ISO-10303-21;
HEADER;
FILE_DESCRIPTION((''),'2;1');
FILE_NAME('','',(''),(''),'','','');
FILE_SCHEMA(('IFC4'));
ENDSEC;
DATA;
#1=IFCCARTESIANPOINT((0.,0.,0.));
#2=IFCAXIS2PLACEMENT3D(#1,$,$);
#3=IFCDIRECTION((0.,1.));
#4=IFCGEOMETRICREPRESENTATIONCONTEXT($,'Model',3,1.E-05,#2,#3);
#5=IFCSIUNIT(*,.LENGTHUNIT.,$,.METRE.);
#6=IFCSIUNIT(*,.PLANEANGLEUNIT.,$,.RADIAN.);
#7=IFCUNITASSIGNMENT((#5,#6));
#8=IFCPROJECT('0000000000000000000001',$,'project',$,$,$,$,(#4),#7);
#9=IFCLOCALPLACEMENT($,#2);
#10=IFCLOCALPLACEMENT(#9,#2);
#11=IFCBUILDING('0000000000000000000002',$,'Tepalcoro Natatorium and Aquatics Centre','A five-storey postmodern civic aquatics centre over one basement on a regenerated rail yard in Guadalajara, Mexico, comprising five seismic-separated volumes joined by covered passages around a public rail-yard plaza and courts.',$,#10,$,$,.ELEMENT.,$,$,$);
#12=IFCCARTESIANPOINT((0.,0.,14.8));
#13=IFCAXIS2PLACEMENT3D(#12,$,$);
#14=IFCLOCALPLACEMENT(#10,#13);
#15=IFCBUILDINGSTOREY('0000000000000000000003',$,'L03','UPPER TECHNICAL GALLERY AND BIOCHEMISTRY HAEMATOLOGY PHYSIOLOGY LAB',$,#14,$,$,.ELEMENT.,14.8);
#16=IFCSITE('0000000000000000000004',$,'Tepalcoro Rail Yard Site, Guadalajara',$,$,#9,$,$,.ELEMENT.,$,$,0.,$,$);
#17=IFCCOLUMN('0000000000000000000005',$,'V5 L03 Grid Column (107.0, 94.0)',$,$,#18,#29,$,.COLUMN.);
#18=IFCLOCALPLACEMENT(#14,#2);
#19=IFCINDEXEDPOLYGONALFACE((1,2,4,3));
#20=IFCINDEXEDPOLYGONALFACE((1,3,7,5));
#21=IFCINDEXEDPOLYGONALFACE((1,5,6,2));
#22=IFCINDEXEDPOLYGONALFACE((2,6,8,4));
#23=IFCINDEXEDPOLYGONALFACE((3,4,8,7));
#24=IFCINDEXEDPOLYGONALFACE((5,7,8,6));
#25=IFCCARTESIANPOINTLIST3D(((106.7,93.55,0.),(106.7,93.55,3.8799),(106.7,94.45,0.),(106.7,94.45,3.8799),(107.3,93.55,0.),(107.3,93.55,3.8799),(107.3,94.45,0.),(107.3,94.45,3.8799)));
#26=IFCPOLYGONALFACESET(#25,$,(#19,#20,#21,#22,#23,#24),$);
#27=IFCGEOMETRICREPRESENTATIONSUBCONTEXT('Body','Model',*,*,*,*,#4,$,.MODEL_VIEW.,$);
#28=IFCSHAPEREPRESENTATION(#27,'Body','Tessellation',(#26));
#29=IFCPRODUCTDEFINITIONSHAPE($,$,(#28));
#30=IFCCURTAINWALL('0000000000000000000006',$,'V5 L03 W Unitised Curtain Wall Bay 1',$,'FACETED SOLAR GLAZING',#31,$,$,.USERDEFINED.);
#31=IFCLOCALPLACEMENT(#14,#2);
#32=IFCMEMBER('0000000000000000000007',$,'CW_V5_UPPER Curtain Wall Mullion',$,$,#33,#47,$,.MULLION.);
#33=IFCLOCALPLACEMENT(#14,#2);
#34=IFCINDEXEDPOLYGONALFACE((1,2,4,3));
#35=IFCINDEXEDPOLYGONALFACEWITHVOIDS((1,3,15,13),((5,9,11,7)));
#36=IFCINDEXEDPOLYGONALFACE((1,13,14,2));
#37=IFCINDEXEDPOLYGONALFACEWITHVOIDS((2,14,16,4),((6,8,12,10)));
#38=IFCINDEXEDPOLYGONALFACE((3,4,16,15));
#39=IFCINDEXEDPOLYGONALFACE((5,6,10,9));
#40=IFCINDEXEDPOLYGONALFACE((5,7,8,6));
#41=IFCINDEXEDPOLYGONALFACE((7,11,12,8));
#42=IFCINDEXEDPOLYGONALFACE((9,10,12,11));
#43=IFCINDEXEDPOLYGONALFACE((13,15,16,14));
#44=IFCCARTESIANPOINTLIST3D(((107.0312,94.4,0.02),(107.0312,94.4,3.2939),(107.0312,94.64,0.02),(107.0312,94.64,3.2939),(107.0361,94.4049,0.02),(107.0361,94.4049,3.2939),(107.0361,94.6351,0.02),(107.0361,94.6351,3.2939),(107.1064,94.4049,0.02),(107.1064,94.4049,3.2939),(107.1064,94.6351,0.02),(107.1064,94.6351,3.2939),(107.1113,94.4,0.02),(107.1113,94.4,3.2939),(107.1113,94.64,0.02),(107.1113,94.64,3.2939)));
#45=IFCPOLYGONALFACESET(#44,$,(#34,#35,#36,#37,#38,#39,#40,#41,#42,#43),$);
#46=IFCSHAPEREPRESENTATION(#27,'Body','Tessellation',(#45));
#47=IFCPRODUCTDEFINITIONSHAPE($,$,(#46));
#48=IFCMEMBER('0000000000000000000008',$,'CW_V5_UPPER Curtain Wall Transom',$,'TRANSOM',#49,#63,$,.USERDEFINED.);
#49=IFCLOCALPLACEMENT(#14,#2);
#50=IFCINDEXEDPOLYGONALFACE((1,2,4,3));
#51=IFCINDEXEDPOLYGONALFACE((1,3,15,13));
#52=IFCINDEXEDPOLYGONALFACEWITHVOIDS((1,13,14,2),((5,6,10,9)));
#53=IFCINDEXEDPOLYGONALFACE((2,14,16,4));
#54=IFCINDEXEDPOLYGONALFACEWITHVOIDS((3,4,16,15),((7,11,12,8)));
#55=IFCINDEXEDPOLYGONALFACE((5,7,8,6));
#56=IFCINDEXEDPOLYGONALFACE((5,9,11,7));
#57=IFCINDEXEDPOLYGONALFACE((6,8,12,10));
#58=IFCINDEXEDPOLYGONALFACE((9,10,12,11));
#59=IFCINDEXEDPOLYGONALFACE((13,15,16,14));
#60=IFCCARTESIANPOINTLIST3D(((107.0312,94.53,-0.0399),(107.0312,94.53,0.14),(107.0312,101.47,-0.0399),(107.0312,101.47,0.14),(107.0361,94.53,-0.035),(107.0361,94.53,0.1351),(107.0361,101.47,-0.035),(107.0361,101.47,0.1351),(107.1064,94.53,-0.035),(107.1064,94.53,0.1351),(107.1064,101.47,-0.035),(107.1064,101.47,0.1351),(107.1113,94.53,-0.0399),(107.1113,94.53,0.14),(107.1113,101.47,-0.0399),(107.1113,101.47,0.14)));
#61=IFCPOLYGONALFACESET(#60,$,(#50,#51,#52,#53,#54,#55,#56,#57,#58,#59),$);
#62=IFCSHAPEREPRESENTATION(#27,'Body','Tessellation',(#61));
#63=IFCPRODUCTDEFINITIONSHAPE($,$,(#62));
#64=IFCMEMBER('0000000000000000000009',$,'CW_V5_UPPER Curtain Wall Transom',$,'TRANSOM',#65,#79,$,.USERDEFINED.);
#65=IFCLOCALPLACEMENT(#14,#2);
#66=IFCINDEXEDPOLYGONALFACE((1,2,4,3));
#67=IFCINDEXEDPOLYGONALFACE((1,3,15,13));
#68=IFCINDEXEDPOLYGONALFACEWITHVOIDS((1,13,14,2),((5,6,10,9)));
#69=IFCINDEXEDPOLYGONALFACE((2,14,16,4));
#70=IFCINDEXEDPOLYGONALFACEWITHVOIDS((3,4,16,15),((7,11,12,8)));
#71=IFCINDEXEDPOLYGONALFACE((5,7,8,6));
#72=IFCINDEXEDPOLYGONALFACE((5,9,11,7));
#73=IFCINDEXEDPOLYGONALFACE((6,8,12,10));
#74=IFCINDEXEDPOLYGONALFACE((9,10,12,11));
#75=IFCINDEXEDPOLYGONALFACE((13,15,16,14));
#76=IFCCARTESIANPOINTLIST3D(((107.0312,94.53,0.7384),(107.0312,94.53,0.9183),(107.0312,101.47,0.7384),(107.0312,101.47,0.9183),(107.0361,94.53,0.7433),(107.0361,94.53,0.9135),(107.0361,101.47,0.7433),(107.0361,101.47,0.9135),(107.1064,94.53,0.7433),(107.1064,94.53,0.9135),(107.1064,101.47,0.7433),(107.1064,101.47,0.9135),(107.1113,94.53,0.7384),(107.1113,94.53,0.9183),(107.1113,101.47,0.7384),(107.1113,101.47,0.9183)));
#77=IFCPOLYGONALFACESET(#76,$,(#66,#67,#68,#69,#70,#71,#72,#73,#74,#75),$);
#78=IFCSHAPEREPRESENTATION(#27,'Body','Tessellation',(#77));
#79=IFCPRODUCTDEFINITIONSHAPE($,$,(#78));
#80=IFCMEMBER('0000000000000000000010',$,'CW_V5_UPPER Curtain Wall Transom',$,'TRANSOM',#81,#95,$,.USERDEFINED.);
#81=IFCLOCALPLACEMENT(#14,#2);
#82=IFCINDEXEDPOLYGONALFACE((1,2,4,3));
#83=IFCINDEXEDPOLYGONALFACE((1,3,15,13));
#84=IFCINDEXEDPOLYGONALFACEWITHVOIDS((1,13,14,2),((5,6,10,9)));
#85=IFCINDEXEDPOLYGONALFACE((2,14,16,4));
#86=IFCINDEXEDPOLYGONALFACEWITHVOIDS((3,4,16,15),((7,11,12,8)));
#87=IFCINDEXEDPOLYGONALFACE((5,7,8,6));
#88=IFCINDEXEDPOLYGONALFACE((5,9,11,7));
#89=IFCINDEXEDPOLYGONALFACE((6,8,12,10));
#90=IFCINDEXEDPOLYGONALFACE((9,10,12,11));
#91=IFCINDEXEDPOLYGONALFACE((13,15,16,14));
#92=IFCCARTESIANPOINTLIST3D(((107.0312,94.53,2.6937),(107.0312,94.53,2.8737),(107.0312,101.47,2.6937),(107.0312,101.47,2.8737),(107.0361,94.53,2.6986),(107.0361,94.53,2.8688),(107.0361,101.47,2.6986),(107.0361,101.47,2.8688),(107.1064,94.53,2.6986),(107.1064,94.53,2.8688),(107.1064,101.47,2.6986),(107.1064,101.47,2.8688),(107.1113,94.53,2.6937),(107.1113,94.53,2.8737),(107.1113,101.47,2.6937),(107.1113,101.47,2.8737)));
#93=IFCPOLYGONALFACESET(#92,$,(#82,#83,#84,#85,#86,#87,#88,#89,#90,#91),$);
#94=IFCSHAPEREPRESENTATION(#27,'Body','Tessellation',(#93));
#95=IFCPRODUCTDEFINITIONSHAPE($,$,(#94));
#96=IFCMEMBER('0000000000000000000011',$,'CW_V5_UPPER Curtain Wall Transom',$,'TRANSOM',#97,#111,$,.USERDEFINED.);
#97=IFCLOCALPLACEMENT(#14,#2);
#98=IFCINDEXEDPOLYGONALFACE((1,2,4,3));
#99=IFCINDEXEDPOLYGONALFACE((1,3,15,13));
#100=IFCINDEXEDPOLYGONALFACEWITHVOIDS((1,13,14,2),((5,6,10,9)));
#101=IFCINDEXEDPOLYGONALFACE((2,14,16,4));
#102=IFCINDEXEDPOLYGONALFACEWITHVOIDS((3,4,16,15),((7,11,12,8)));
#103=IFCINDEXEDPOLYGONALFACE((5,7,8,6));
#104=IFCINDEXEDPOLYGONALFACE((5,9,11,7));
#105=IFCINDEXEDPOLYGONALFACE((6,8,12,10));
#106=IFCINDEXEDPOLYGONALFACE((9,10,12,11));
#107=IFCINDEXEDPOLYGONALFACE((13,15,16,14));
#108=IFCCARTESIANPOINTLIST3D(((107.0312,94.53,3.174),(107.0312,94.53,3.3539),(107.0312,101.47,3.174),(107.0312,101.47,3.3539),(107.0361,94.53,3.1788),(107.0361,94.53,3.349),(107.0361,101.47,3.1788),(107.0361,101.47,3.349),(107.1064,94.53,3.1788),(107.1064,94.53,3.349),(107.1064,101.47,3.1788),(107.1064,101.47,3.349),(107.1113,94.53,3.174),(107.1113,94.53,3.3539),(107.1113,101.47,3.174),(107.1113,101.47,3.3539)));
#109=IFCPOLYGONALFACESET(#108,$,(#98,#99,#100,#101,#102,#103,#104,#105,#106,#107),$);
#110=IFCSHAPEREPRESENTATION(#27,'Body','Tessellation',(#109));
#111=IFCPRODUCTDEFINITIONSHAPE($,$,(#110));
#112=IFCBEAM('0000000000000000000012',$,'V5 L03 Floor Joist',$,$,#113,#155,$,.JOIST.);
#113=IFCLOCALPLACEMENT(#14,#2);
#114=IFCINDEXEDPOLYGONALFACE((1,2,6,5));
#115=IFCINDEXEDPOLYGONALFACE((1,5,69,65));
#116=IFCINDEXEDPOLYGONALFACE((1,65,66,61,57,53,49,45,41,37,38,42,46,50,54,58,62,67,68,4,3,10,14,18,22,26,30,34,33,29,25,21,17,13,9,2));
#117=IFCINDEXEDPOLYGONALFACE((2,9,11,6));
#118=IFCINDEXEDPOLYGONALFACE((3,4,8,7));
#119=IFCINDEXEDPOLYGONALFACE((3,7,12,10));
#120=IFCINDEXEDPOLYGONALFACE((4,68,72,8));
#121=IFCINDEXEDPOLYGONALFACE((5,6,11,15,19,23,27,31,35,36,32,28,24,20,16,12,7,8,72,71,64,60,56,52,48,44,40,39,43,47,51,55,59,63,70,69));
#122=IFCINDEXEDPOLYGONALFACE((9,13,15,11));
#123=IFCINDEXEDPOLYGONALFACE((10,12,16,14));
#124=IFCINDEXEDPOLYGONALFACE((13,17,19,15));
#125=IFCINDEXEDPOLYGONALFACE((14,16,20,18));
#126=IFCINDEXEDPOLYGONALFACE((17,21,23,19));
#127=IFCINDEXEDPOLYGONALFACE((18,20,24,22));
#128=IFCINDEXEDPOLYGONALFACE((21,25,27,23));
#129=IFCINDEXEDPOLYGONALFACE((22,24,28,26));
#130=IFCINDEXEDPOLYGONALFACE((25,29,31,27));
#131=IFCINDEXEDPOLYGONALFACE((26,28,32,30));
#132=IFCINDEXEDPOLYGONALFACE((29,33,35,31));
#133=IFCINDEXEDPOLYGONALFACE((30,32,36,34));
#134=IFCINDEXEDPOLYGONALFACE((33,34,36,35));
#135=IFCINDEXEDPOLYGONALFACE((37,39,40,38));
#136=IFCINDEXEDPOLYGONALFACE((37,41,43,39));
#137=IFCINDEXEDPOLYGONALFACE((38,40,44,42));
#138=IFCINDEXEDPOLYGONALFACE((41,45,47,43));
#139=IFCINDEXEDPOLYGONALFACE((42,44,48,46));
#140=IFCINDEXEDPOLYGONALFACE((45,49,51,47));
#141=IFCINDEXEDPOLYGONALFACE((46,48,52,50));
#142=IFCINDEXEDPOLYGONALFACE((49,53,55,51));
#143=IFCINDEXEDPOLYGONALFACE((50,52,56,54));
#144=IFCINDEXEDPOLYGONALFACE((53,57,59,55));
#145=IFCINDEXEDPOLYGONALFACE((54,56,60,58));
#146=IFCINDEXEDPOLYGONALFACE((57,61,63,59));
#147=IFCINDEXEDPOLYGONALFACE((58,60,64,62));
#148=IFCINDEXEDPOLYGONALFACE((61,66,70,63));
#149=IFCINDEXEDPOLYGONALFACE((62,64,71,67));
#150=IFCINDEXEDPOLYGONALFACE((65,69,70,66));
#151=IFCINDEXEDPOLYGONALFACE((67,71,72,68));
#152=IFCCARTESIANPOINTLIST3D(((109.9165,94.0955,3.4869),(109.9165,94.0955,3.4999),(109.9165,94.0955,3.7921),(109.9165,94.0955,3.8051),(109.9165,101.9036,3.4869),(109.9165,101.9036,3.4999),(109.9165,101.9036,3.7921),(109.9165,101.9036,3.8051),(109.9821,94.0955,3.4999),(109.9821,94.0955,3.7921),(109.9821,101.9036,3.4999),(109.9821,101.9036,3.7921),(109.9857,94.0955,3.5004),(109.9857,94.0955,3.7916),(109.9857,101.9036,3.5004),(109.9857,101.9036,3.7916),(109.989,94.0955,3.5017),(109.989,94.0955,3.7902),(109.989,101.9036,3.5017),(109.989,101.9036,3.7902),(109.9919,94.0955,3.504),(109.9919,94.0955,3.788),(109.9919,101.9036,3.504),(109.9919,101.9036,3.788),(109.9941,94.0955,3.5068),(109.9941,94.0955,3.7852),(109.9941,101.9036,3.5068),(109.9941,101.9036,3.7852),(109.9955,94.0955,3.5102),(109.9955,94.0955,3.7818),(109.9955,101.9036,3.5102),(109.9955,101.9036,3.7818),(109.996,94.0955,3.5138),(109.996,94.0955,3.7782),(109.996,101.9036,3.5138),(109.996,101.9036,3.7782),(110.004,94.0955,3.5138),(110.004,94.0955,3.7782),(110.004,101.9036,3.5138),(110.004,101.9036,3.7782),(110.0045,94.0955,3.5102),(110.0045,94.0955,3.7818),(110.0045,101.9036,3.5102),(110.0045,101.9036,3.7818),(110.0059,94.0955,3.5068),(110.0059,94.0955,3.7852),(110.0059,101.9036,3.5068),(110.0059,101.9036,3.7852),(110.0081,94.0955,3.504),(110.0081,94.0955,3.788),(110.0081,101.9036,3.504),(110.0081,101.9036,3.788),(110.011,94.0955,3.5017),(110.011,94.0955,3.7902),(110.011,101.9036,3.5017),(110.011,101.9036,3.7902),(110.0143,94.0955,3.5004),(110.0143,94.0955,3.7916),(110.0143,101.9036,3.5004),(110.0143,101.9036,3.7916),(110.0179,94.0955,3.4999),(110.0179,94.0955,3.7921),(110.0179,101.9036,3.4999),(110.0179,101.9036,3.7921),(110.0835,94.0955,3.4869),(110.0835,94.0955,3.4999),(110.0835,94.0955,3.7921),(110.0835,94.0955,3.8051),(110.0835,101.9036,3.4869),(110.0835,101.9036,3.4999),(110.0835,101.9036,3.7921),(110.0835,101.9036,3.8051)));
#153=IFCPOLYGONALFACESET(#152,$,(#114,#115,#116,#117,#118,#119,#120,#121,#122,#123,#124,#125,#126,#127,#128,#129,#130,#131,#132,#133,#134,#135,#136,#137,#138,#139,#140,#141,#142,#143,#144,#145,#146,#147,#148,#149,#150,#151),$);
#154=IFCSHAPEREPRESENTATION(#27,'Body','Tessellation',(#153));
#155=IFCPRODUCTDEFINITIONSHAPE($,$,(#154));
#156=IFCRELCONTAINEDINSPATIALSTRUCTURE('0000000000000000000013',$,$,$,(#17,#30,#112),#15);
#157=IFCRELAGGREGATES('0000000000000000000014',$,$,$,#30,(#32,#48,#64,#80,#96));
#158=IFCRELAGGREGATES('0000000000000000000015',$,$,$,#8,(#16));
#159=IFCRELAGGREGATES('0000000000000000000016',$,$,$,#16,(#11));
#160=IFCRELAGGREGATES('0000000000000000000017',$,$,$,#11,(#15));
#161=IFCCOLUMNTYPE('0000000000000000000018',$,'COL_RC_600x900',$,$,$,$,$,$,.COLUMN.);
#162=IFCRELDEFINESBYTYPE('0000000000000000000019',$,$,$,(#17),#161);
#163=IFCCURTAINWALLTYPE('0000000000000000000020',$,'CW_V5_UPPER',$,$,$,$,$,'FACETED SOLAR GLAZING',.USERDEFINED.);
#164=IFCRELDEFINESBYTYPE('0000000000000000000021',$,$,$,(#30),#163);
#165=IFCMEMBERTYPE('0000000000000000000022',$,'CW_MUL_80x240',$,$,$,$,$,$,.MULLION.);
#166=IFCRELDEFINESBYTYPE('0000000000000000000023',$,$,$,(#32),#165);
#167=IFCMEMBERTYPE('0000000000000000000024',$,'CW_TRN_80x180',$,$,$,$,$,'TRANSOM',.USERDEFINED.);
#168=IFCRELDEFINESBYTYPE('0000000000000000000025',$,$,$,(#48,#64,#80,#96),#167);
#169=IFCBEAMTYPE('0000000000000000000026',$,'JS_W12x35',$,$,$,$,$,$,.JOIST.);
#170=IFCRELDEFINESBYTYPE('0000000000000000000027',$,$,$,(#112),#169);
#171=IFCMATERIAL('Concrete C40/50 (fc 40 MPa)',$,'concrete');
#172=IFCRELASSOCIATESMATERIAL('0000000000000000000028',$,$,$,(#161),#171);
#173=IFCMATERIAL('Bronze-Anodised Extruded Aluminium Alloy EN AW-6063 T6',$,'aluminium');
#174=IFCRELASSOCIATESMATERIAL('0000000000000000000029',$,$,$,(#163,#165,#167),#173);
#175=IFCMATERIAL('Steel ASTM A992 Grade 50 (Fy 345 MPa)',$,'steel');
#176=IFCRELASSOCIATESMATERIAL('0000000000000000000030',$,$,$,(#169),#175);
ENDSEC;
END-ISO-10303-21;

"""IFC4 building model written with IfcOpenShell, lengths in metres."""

from ifc_helpers import new_model, si_unit, direction, frame, origin, origin_2d, place, context, subcontext, project, spatial, rectangle, hollow_rectangle, i_section, extrude, material, material_profile, profile_set, type_object, element, aggregate, save


model = new_model("IFC4")

# Units and contexts
model_context = context("Model", 3, precision=1e-05, world=origin(), true_north=direction((0.0, 1.0)))
body_context = subcontext(model_context, "Body", "Model", "MODEL_VIEW")
ifc_project = project(units=[si_unit("LENGTHUNIT", "METRE"), si_unit("PLANEANGLEUNIT", "RADIAN")], contexts=[model_context])

# Site, building, storey
site_placement = place(None, origin())
site = spatial("IfcSite", under=ifc_project, at=site_placement, Name="Tepalcoro Rail Yard Site, Guadalajara", CompositionType="ELEMENT", RefElevation=0.0)
building_placement = place(site_placement, origin())
building = spatial("IfcBuilding", under=site, at=building_placement, Name="Tepalcoro Natatorium and Aquatics Centre", Description="A five-storey postmodern civic aquatics centre over one basement on a regenerated rail yard in Guadalajara, Mexico, comprising five seismic-separated volumes joined by covered passages around a public rail-yard plaza and courts.", CompositionType="ELEMENT")
storey_placement = place(building_placement, frame((0.0, 0.0, 14.8)))
storey = spatial("IfcBuildingStorey", under=building, at=storey_placement, Name="L03", Description="UPPER TECHNICAL GALLERY AND BIOCHEMISTRY HAEMATOLOGY PHYSIOLOGY LAB", CompositionType="ELEMENT", Elevation=14.8)

# Column
ifc_material_1 = material(Name="Concrete C40/50 (fc 40 MPa)", Category="concrete")
ifc_material_profile_1 = material_profile(ifc_material_1, rectangle(XDim=0.6001, YDim=0.8999, at=origin_2d()), Name="RC600x900")
ifc_profile_set_1 = profile_set([ifc_material_profile_1], Name="Concrete C40/50 (fc 40 MPa)")
column_type = type_object("IfcColumnType", Name="COL_RC_600x900", PredefinedType="COLUMN", material=ifc_profile_set_1)
column_placement = place(storey_placement, frame((107.0, 94.0, 0.0), z_axis=(0.0, 0.0, 1.0), x_axis=(1.0, 0.0, 0.0)))
element("IfcColumn", 1, at=column_placement, inside=storey, type_object=column_type, Name="V5 L03 Grid Column (107.0, 94.0)", PredefinedType="COLUMN", context=body_context, shape_type="SweptSolid", body=[
    extrude(rectangle(XDim=0.6001, YDim=0.8999, at=origin_2d()), origin(), (0.0, 0.0, 1.0), 3.8799),
])

# Curtain wall, members
ifc_material_2 = material(Name="Bronze-Anodised Extruded Aluminium Alloy EN AW-6063 T6", Category="aluminium")
curtain_wall_type = type_object("IfcCurtainWallType", Name="CW_V5_UPPER", ElementType="FACETED SOLAR GLAZING", PredefinedType="USERDEFINED", material=ifc_material_2)
curtain_wall_placement = place(storey_placement, origin())
curtain_wall = element("IfcCurtainWall", 2, at=curtain_wall_placement, inside=storey, type_object=curtain_wall_type, Name="V5 L03 W Unitised Curtain Wall Bay 1", ObjectType="FACETED SOLAR GLAZING", PredefinedType="USERDEFINED")
ifc_material_profile_2 = material_profile(ifc_material_2, hollow_rectangle(XDim=0.0801, YDim=0.24, WallThickness=0.0049, at=origin_2d()), Name="AL80X240X5")
ifc_profile_set_2 = profile_set([ifc_material_profile_2], Name="Bronze-Anodised Extruded Aluminium Alloy EN AW-6063 T6")
member_type_1 = type_object("IfcMemberType", Name="CW_MUL_80x240", PredefinedType="MULLION", material=ifc_profile_set_2)
member_1_placement = place(storey_placement, frame((107.0713, 94.52, 0.02), z_axis=(0.0, 0.0, 1.0), x_axis=(1.0, 0.0, 0.0)))
member_1 = element("IfcMember", 3, at=member_1_placement, type_object=member_type_1, Name="CW_V5_UPPER Curtain Wall Mullion", PredefinedType="MULLION", context=body_context, shape_type="SweptSolid", body=[
    extrude(hollow_rectangle(XDim=0.0801, YDim=0.24, WallThickness=0.0049, at=origin_2d()), origin(), (0.0, 0.0, 1.0), 3.2739),
])
ifc_material_profile_3 = material_profile(ifc_material_2, hollow_rectangle(XDim=0.0801, YDim=0.1799, WallThickness=0.0049, at=origin_2d()), Name="AL80X180X5")
ifc_profile_set_3 = profile_set([ifc_material_profile_3], Name="Bronze-Anodised Extruded Aluminium Alloy EN AW-6063 T6")
member_type_2 = type_object("IfcMemberType", Name="CW_TRN_80x180", ElementType="TRANSOM", PredefinedType="USERDEFINED", material=ifc_profile_set_3)
member_2_placement = place(storey_placement, frame((107.0713, 94.53, 0.05), z_axis=(0.0, 1.0, 0.0), x_axis=(-1.0, 0.0, 0.0)))
member_2 = element("IfcMember", 4, at=member_2_placement, type_object=member_type_2, Name="CW_V5_UPPER Curtain Wall Transom", ObjectType="TRANSOM", PredefinedType="USERDEFINED", context=body_context, shape_type="SweptSolid", body=[
    extrude(hollow_rectangle(XDim=0.0801, YDim=0.1799, WallThickness=0.0049, at=origin_2d()), origin(), (0.0, 0.0, 1.0), 6.9399),
])
member_3_placement = place(storey_placement, frame((107.0713, 94.53, 0.8284), z_axis=(0.0, 1.0, 0.0), x_axis=(-1.0, 0.0, 0.0)))
member_3 = element("IfcMember", 5, at=member_3_placement, type_object=member_type_2, Name="CW_V5_UPPER Curtain Wall Transom", ObjectType="TRANSOM", PredefinedType="USERDEFINED", context=body_context, shape_type="SweptSolid", body=[
    extrude(hollow_rectangle(XDim=0.0801, YDim=0.1799, WallThickness=0.0049, at=origin_2d()), origin(), (0.0, 0.0, 1.0), 6.9399),
])
member_4_placement = place(storey_placement, frame((107.0713, 94.53, 2.7837), z_axis=(0.0, 1.0, 0.0), x_axis=(-1.0, 0.0, 0.0)))
member_4 = element("IfcMember", 6, at=member_4_placement, type_object=member_type_2, Name="CW_V5_UPPER Curtain Wall Transom", ObjectType="TRANSOM", PredefinedType="USERDEFINED", context=body_context, shape_type="SweptSolid", body=[
    extrude(hollow_rectangle(XDim=0.0801, YDim=0.1799, WallThickness=0.0049, at=origin_2d()), origin(), (0.0, 0.0, 1.0), 6.9399),
])
member_5_placement = place(storey_placement, frame((107.0713, 94.53, 3.2639), z_axis=(0.0, 1.0, 0.0), x_axis=(-1.0, 0.0, 0.0)))
member_5 = element("IfcMember", 7, at=member_5_placement, type_object=member_type_2, Name="CW_V5_UPPER Curtain Wall Transom", ObjectType="TRANSOM", PredefinedType="USERDEFINED", context=body_context, shape_type="SweptSolid", body=[
    extrude(hollow_rectangle(XDim=0.0801, YDim=0.1799, WallThickness=0.0049, at=origin_2d()), origin(), (0.0, 0.0, 1.0), 6.9399),
])

# Beam
ifc_material_3 = material(Name="Steel ASTM A992 Grade 50 (Fy 345 MPa)", Category="steel")
ifc_material_profile_4 = material_profile(ifc_material_3, i_section(OverallWidth=0.167, OverallDepth=0.3181, WebThickness=0.0081, FlangeThickness=0.0129, FilletRadius=0.0139, at=origin_2d()), Name="W12X35")
ifc_profile_set_4 = profile_set([ifc_material_profile_4], Name="Steel ASTM A992 Grade 50 (Fy 345 MPa)")
beam_type_1 = type_object("IfcBeamType", Name="JS_W12x35", PredefinedType="JOIST", material=ifc_profile_set_4)
beam_1_placement = place(storey_placement, frame((110.0, 94.0955, 3.646), z_axis=(0.0, 1.0, 0.0), x_axis=(-1.0, 0.0, 0.0)))
element("IfcBeam", 8, at=beam_1_placement, inside=storey, type_object=beam_type_1, Name="V5 L03 Floor Joist", PredefinedType="JOIST", context=body_context, shape_type="SweptSolid", body=[
    extrude(i_section(OverallWidth=0.167, OverallDepth=0.3181, WebThickness=0.0081, FlangeThickness=0.0129, FilletRadius=0.0139, at=origin_2d()), origin(), (0.0, 0.0, 1.0), 7.8081),
])

aggregate(curtain_wall, [member_1, member_2, member_3, member_4, member_5])

save(model, "model.ifc")
